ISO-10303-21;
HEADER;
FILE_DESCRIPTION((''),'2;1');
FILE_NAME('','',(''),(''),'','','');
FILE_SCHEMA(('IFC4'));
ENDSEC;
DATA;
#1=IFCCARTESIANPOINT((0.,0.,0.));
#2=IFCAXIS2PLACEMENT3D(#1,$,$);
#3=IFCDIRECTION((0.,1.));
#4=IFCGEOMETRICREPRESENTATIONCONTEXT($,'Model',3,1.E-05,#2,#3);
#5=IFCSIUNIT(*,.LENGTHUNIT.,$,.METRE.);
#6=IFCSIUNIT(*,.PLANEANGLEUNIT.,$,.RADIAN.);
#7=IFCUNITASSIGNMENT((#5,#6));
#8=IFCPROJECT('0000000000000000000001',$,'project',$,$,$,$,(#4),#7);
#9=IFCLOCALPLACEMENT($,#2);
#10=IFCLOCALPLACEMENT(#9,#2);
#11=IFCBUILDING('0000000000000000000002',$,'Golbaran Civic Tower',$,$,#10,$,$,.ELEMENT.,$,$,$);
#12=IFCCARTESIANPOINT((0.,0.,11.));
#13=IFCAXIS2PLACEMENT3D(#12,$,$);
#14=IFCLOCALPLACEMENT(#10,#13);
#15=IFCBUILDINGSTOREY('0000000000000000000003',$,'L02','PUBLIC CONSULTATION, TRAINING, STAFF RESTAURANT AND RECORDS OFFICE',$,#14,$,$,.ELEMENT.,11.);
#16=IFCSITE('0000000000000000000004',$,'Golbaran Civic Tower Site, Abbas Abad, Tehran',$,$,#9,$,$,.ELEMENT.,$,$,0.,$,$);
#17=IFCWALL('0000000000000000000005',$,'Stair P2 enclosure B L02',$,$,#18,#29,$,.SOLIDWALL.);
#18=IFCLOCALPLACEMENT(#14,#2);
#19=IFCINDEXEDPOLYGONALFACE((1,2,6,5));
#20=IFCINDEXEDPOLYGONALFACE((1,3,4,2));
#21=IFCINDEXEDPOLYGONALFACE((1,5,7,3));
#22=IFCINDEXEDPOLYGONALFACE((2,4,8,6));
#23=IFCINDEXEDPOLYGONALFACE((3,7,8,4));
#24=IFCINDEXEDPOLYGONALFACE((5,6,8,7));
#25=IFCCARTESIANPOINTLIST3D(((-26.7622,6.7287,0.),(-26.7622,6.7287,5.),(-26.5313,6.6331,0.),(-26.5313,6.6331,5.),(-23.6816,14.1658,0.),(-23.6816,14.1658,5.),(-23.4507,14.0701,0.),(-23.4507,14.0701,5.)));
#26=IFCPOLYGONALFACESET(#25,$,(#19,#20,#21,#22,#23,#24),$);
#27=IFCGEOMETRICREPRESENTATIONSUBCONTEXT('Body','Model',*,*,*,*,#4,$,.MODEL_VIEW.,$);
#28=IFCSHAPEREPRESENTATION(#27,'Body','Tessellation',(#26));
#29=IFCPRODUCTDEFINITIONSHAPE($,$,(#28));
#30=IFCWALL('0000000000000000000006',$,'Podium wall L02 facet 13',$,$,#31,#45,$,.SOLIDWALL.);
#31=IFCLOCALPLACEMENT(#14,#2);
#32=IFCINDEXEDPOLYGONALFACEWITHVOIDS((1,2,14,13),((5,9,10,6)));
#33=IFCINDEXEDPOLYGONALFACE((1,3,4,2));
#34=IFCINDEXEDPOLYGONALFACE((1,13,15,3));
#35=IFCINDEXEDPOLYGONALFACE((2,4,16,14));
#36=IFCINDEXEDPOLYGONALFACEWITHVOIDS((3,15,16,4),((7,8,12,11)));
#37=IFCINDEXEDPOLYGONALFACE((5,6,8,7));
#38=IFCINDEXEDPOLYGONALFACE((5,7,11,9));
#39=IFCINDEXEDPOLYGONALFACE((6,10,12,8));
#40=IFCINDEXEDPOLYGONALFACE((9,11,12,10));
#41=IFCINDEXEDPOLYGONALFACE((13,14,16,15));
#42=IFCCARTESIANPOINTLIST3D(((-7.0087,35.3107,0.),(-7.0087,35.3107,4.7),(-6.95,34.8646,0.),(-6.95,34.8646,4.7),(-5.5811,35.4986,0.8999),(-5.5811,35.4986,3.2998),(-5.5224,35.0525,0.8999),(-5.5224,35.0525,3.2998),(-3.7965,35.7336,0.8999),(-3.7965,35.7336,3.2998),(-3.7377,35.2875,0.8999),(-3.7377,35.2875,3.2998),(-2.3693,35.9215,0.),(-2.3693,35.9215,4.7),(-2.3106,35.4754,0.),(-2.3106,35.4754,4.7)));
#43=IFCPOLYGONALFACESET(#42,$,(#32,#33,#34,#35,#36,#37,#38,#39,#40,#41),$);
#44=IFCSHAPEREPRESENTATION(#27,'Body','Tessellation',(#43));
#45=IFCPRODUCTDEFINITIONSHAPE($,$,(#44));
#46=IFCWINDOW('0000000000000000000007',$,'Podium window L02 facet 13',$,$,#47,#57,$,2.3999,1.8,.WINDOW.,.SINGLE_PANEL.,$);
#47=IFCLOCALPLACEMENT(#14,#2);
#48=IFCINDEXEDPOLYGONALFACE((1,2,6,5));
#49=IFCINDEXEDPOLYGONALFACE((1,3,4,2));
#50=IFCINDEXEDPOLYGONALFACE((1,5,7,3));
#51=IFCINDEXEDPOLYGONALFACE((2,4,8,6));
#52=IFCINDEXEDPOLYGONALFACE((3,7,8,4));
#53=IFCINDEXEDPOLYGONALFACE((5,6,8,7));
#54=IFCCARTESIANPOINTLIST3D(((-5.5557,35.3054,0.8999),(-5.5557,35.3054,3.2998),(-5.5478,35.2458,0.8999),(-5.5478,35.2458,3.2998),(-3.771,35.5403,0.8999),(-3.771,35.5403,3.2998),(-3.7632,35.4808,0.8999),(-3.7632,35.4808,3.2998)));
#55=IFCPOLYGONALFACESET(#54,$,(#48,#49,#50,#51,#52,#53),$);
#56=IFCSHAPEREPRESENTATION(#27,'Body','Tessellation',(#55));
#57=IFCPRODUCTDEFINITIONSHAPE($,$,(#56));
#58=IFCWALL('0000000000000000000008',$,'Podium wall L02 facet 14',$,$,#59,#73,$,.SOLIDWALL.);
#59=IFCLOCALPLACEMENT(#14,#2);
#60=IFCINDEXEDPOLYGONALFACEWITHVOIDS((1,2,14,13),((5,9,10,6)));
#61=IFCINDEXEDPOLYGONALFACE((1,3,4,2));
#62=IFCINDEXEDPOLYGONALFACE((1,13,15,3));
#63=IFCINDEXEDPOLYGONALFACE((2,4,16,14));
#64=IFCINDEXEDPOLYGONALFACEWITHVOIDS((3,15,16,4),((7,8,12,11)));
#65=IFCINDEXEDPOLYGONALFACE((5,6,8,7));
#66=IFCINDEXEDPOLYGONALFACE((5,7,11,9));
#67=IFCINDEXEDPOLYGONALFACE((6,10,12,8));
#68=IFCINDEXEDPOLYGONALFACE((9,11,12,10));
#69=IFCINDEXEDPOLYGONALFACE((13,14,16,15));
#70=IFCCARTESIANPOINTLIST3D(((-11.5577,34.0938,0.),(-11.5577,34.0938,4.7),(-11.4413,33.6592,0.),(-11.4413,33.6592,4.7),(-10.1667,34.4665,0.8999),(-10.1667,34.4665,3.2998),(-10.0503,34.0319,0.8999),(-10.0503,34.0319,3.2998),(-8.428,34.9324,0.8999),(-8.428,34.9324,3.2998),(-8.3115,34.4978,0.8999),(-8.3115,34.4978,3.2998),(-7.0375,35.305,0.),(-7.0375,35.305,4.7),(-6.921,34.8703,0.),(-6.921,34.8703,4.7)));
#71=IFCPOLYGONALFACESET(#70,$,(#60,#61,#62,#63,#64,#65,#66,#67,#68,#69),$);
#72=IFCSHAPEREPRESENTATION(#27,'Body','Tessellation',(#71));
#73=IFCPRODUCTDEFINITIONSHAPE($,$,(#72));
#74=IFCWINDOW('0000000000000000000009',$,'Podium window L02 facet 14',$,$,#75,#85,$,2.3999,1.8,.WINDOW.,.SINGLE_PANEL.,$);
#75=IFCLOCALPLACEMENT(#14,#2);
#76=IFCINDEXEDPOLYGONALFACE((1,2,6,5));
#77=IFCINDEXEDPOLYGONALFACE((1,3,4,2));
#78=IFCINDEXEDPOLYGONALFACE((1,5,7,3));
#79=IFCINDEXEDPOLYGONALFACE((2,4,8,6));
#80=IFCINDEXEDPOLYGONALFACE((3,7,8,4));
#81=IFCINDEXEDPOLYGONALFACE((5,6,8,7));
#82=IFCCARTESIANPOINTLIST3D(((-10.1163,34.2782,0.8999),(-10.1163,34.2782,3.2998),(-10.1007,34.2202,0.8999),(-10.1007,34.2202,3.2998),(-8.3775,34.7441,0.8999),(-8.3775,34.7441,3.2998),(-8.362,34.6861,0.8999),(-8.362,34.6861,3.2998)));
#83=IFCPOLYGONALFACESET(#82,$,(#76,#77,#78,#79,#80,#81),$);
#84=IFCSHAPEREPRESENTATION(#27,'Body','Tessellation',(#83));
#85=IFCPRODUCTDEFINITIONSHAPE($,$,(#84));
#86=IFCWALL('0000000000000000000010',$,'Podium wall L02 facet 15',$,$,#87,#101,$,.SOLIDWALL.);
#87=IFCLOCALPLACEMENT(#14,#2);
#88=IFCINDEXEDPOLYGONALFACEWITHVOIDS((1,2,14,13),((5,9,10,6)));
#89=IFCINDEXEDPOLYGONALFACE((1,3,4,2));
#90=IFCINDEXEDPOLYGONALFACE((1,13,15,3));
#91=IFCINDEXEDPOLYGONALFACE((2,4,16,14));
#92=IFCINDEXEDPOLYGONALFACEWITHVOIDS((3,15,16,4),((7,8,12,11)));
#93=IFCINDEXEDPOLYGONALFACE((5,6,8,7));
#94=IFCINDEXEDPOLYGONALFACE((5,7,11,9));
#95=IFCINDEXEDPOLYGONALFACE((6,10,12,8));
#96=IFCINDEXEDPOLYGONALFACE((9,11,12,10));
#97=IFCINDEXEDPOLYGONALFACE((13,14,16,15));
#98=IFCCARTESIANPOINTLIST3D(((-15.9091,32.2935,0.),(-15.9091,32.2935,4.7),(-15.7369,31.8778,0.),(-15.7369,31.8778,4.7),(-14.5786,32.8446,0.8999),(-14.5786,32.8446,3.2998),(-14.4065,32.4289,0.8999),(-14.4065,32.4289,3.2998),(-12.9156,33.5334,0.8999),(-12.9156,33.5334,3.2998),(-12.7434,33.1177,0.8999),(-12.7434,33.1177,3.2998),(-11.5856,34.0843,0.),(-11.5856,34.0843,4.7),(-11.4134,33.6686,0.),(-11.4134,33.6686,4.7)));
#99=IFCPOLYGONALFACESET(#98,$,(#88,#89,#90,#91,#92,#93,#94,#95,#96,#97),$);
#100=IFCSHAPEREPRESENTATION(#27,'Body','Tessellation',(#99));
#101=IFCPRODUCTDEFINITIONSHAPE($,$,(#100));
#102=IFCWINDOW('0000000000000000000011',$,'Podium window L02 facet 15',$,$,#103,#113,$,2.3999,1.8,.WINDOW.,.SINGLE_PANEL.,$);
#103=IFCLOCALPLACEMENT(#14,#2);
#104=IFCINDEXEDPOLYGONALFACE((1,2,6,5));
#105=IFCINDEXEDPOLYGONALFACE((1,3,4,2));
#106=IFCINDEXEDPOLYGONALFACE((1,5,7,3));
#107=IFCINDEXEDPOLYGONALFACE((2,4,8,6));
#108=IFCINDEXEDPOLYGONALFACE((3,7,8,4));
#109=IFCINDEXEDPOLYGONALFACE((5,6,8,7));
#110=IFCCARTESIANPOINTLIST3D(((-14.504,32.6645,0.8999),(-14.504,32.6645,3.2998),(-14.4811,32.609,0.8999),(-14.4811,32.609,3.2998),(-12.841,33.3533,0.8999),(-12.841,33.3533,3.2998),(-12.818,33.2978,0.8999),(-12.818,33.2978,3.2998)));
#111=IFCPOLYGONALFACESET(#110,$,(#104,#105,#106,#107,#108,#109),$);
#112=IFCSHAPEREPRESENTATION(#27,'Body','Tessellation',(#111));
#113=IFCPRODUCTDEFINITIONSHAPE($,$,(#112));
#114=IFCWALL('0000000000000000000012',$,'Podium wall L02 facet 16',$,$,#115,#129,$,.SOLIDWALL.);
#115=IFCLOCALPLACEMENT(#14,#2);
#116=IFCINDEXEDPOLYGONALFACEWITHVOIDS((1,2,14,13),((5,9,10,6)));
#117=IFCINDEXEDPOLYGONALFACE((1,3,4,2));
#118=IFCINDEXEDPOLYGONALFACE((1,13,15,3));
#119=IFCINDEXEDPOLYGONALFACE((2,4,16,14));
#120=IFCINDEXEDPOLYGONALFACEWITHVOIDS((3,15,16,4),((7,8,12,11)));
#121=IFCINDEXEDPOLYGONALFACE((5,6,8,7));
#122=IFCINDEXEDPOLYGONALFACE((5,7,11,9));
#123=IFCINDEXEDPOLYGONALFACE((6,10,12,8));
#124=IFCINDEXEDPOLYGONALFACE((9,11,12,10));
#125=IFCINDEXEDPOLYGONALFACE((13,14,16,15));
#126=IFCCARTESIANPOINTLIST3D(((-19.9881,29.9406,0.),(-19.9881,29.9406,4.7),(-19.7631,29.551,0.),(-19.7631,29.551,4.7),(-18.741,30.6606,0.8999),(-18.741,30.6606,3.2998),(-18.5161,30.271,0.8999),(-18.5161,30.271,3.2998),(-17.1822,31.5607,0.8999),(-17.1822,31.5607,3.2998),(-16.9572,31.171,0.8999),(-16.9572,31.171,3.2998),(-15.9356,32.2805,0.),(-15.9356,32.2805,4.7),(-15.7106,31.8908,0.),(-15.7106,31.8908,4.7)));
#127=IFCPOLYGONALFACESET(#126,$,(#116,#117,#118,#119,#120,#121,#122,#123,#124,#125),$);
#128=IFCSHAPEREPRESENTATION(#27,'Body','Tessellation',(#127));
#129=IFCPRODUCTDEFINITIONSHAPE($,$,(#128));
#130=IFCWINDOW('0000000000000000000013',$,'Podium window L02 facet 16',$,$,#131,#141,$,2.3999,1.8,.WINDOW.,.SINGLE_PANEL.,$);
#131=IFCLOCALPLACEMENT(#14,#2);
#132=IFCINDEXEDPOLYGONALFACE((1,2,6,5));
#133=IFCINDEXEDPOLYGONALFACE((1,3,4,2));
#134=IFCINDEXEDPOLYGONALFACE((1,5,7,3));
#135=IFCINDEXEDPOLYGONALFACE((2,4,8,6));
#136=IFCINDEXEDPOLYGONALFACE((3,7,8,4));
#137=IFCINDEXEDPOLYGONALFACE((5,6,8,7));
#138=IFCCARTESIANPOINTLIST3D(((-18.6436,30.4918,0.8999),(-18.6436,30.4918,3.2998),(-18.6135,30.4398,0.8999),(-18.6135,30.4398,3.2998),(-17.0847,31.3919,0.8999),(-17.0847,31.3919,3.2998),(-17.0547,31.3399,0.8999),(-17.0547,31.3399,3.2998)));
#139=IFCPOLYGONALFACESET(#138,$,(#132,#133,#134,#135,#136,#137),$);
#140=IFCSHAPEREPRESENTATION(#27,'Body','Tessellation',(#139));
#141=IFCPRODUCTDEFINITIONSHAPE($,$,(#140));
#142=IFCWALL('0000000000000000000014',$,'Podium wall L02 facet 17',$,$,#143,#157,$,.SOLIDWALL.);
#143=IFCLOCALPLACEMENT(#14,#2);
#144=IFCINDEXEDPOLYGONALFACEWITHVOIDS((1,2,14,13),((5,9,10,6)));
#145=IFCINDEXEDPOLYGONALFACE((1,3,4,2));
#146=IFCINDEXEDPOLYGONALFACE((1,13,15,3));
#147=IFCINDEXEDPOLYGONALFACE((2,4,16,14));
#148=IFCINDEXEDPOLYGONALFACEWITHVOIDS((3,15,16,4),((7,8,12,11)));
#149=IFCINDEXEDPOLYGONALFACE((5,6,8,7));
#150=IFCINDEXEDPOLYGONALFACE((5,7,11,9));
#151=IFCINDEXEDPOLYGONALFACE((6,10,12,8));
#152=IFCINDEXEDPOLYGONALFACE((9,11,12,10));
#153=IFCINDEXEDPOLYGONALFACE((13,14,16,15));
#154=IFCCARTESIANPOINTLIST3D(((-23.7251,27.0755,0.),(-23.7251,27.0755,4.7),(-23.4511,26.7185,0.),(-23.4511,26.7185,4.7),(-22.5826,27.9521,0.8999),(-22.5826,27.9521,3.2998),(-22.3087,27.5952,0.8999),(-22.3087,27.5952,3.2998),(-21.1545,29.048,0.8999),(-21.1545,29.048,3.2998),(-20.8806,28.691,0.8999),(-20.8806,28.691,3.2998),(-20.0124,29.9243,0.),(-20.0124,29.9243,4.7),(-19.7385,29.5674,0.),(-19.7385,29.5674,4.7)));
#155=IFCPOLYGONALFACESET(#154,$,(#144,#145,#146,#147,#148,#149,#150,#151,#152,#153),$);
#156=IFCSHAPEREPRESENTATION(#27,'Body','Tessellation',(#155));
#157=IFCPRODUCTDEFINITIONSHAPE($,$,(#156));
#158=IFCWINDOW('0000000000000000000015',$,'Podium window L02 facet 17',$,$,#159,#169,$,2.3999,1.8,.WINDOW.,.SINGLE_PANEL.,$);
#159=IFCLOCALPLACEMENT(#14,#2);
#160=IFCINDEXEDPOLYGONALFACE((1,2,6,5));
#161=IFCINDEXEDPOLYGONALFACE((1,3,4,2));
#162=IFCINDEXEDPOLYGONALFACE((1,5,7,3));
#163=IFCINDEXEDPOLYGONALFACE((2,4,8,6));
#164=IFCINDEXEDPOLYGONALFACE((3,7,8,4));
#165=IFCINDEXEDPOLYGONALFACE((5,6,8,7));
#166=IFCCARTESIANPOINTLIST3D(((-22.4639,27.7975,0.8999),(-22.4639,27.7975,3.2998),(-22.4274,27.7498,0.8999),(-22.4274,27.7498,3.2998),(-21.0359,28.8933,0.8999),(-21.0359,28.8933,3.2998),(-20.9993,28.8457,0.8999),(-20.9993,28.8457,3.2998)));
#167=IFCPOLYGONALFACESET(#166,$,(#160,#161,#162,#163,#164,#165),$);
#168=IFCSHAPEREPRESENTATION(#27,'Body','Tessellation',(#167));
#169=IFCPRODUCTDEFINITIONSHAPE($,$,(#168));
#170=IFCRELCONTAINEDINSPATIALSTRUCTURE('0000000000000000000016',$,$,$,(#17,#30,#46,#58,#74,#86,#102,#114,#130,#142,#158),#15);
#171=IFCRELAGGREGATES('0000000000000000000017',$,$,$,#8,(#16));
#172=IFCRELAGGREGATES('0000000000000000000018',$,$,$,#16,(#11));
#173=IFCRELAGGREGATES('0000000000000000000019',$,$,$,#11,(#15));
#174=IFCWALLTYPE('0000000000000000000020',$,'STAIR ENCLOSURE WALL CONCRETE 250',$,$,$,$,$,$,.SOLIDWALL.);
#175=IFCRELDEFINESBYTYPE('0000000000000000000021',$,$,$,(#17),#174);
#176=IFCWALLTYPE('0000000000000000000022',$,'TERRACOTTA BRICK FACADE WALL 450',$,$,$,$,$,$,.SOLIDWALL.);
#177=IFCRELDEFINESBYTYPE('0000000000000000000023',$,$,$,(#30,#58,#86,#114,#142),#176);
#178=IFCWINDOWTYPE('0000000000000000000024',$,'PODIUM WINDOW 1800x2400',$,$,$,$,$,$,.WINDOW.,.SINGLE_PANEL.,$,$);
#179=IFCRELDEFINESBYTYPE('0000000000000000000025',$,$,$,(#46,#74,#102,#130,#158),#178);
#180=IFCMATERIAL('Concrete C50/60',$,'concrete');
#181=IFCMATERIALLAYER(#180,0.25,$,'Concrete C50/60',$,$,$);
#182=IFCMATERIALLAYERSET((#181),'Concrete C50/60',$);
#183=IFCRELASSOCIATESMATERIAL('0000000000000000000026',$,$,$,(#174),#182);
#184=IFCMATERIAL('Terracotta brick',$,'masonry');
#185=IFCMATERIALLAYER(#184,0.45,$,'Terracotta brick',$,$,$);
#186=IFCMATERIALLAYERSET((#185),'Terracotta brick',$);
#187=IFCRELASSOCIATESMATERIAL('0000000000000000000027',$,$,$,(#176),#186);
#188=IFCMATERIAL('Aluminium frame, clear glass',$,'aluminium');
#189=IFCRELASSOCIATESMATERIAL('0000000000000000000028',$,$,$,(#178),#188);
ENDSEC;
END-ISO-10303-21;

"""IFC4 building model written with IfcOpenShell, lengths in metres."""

from ifc_helpers import new_model, si_unit, direction, frame, frame_2d, origin, place, context, subcontext, project, spatial, rectangle, extrude, material, layer, layer_set, type_object, element, fill, save


model = new_model("IFC4")

# Units and contexts
model_context = context("Model", 3, precision=1e-05, world=origin(), true_north=direction((0.0, 1.0)))
body_context = subcontext(model_context, "Body", "Model", "MODEL_VIEW")
ifc_project = project(units=[si_unit("LENGTHUNIT", "METRE"), si_unit("PLANEANGLEUNIT", "RADIAN")], contexts=[model_context])

# Site, building, storey
site_placement = place(None, origin())
site = spatial("IfcSite", under=ifc_project, at=site_placement, Name="Golbaran Civic Tower Site, Abbas Abad, Tehran", CompositionType="ELEMENT", RefElevation=0.0)
building_placement = place(site_placement, origin())
building = spatial("IfcBuilding", under=site, at=building_placement, Name="Golbaran Civic Tower", CompositionType="ELEMENT")
storey_placement = place(building_placement, frame((0.0, 0.0, 11.0)))
storey = spatial("IfcBuildingStorey", under=building, at=storey_placement, Name="L02", Description="PUBLIC CONSULTATION, TRAINING, STAFF RESTAURANT AND RECORDS OFFICE", CompositionType="ELEMENT", Elevation=11.0)

# Shared definitions
ifc_material_1 = material(Name="Concrete C50/60", Category="concrete")

# Wall
ifc_layer_1 = layer(ifc_material_1, 0.25, Name="Concrete C50/60")
ifc_layer_set_1 = layer_set([ifc_layer_1], Name="Concrete C50/60")
wall_type_1 = type_object("IfcWallType", Name="STAIR ENCLOSURE WALL CONCRETE 250", PredefinedType="SOLIDWALL", material=ifc_layer_set_1)
wall_1_placement = place(storey_placement, frame((-23.5662, 14.1179, 0.0), z_axis=(0.0, 0.0, 1.0), x_axis=(-0.382689, -0.923877, 0.0)))
element("IfcWall", 1, at=wall_1_placement, inside=storey, type_object=wall_type_1, Name="Stair P2 enclosure B L02", PredefinedType="SOLIDWALL", context=body_context, shape_type="SweptSolid", body=[
    extrude(rectangle(XDim=8.0498, YDim=0.25, at=frame_2d((4.0249, 0.0))), origin(), (0.0, 0.0, 1.0), 5.0),
])

# Walls, openings, windows
ifc_material_2 = material(Name="Terracotta brick", Category="masonry")
ifc_layer_2 = layer(ifc_material_2, 0.45, Name="Terracotta brick")
ifc_layer_set_2 = layer_set([ifc_layer_2], Name="Terracotta brick")
wall_type_2 = type_object("IfcWallType", Name="TERRACOTTA BRICK FACADE WALL 450", PredefinedType="SOLIDWALL", material=ifc_layer_set_2)
wall_2_placement = place(storey_placement, frame((-2.3398, 35.6985, 0.0), z_axis=(0.0, 0.0, 1.0), x_axis=(-0.991443, -0.130537, 0.0)))
wall_2 = element("IfcWall", 2, at=wall_2_placement, inside=storey, type_object=wall_type_2, Name="Podium wall L02 facet 13", PredefinedType="SOLIDWALL", context=body_context, shape_type="SweptSolid", body=[
    extrude(rectangle(XDim=4.6794, YDim=0.45, at=frame_2d((2.3398, 0.0))), origin(), (0.0, 0.0, 1.0), 4.7),
])
opening_1_placement = place(wall_2_placement, frame((1.4397, 0.0, 0.8999)))
opening_1 = element("IfcOpeningElement", 3, at=opening_1_placement, cuts=wall_2, PredefinedType="OPENING", context=body_context, shape_type="SweptSolid", body=[
    extrude(rectangle(XDim=1.8, YDim=2.3999, at=frame_2d((0.8999, 1.2))), frame((0.0, 0.2349, 0.0), z_axis=(0.0, -1.0, 0.0), x_axis=(1.0, 0.0, 0.0)), (0.0, 0.0, 1.0), 0.47),
])
ifc_material_3 = material(Name="Aluminium frame, clear glass", Category="aluminium")
window_type = type_object("IfcWindowType", Name="PODIUM WINDOW 1800x2400", PartitioningType="SINGLE_PANEL", PredefinedType="WINDOW", material=ifc_material_3)
window_1_placement = place(opening_1_placement, origin())
window_1 = element("IfcWindow", 4, at=window_1_placement, inside=storey, type_object=window_type, Name="Podium window L02 facet 13", OverallHeight=2.3999, OverallWidth=1.8, PartitioningType="SINGLE_PANEL", PredefinedType="WINDOW", context=body_context, shape_type="SweptSolid", body=[
    extrude(rectangle(XDim=1.8, YDim=2.3999, at=frame_2d((0.8999, 1.2))), frame((0.0, 0.03, 0.0), z_axis=(0.0, -1.0, 0.0), x_axis=(1.0, 0.0, 0.0)), (0.0, 0.0, 1.0), 0.0601),
])
fill(opening_1, window_1)
wall_3_placement = place(storey_placement, frame((-6.9792, 35.0876, 0.0), z_axis=(0.0, 0.0, 1.0), x_axis=(-0.965927, -0.258815, 0.0)))
wall_3 = element("IfcWall", 5, at=wall_3_placement, inside=storey, type_object=wall_type_2, Name="Podium wall L02 facet 14", PredefinedType="SOLIDWALL", context=body_context, shape_type="SweptSolid", body=[
    extrude(rectangle(XDim=4.6797, YDim=0.45, at=frame_2d((2.3398, 0.0))), origin(), (0.0, 0.0, 1.0), 4.7),
])
opening_2_placement = place(wall_3_placement, frame((1.4397, 0.0, 0.8999)))
opening_2 = element("IfcOpeningElement", 6, at=opening_2_placement, cuts=wall_3, PredefinedType="OPENING", context=body_context, shape_type="SweptSolid", body=[
    extrude(rectangle(XDim=1.8, YDim=2.3999, at=frame_2d((0.8999, 1.2))), frame((0.0, 0.2349, 0.0), z_axis=(0.0, -1.0, 0.0), x_axis=(1.0, 0.0, 0.0)), (0.0, 0.0, 1.0), 0.47),
])
window_2_placement = place(opening_2_placement, origin())
window_2 = element("IfcWindow", 7, at=window_2_placement, inside=storey, type_object=window_type, Name="Podium window L02 facet 14", OverallHeight=2.3999, OverallWidth=1.8, PartitioningType="SINGLE_PANEL", PredefinedType="WINDOW", context=body_context, shape_type="SweptSolid", body=[
    extrude(rectangle(XDim=1.8, YDim=2.3999, at=frame_2d((0.8999, 1.2))), frame((0.0, 0.03, 0.0), z_axis=(0.0, -1.0, 0.0), x_axis=(1.0, 0.0, 0.0)), (0.0, 0.0, 1.0), 0.0601),
])
fill(opening_2, window_2)
wall_4_placement = place(storey_placement, frame((-11.4995, 33.8765, 0.0), z_axis=(0.0, 0.0, 1.0), x_axis=(-0.923885, -0.38267, 0.0)))
wall_4 = element("IfcWall", 8, at=wall_4_placement, inside=storey, type_object=wall_type_2, Name="Podium wall L02 facet 15", PredefinedType="SOLIDWALL", context=body_context, shape_type="SweptSolid", body=[
    extrude(rectangle(XDim=4.6797, YDim=0.45, at=frame_2d((2.3398, 0.0))), origin(), (0.0, 0.0, 1.0), 4.7),
])
opening_3_placement = place(wall_4_placement, frame((1.4397, 0.0, 0.8999)))
opening_3 = element("IfcOpeningElement", 9, at=opening_3_placement, cuts=wall_4, PredefinedType="OPENING", context=body_context, shape_type="SweptSolid", body=[
    extrude(rectangle(XDim=1.8, YDim=2.3999, at=frame_2d((0.8999, 1.2))), frame((0.0, 0.2349, 0.0), z_axis=(0.0, -1.0, 0.0), x_axis=(1.0, 0.0, 0.0)), (0.0, 0.0, 1.0), 0.47),
])
window_3_placement = place(opening_3_placement, origin())
window_3 = element("IfcWindow", 10, at=window_3_placement, inside=storey, type_object=window_type, Name="Podium window L02 facet 15", OverallHeight=2.3999, OverallWidth=1.8, PartitioningType="SINGLE_PANEL", PredefinedType="WINDOW", context=body_context, shape_type="SweptSolid", body=[
    extrude(rectangle(XDim=1.8, YDim=2.3999, at=frame_2d((0.8999, 1.2))), frame((0.0, 0.03, 0.0), z_axis=(0.0, -1.0, 0.0), x_axis=(1.0, 0.0, 0.0)), (0.0, 0.0, 1.0), 0.0601),
])
fill(opening_3, window_3)
wall_5_placement = place(storey_placement, frame((-15.823, 32.0857, 0.0), z_axis=(0.0, 0.0, 1.0), x_axis=(-0.866013, -0.500022, 0.0)))
wall_5 = element("IfcWall", 11, at=wall_5_placement, inside=storey, type_object=wall_type_2, Name="Podium wall L02 facet 16", PredefinedType="SOLIDWALL", context=body_context, shape_type="SweptSolid", body=[
    extrude(rectangle(XDim=4.6794, YDim=0.45, at=frame_2d((2.3398, 0.0))), origin(), (0.0, 0.0, 1.0), 4.7),
])
opening_4_placement = place(wall_5_placement, frame((1.4397, 0.0, 0.8999)))
opening_4 = element("IfcOpeningElement", 12, at=opening_4_placement, cuts=wall_5, PredefinedType="OPENING", context=body_context, shape_type="SweptSolid", body=[
    extrude(rectangle(XDim=1.8, YDim=2.3999, at=frame_2d((0.8999, 1.2))), frame((0.0, 0.2349, 0.0), z_axis=(0.0, -1.0, 0.0), x_axis=(1.0, 0.0, 0.0)), (0.0, 0.0, 1.0), 0.47),
])
window_4_placement = place(opening_4_placement, origin())
window_4 = element("IfcWindow", 13, at=window_4_placement, inside=storey, type_object=window_type, Name="Podium window L02 facet 16", OverallHeight=2.3999, OverallWidth=1.8, PartitioningType="SINGLE_PANEL", PredefinedType="WINDOW", context=body_context, shape_type="SweptSolid", body=[
    extrude(rectangle(XDim=1.8, YDim=2.3999, at=frame_2d((0.8999, 1.2))), frame((0.0, 0.03, 0.0), z_axis=(0.0, -1.0, 0.0), x_axis=(1.0, 0.0, 0.0)), (0.0, 0.0, 1.0), 0.0601),
])
fill(opening_4, window_4)
wall_6_placement = place(storey_placement, frame((-19.8755, 29.7458, 0.0), z_axis=(0.0, 0.0, 1.0), x_axis=(-0.793347, -0.60877, 0.0)))
wall_6 = element("IfcWall", 14, at=wall_6_placement, inside=storey, type_object=wall_type_2, Name="Podium wall L02 facet 17", PredefinedType="SOLIDWALL", context=body_context, shape_type="SweptSolid", body=[
    extrude(rectangle(XDim=4.6797, YDim=0.45, at=frame_2d((2.3398, 0.0))), origin(), (0.0, 0.0, 1.0), 4.7),
])
opening_5_placement = place(wall_6_placement, frame((1.4397, 0.0, 0.8999)))
opening_5 = element("IfcOpeningElement", 15, at=opening_5_placement, cuts=wall_6, PredefinedType="OPENING", context=body_context, shape_type="SweptSolid", body=[
    extrude(rectangle(XDim=1.8, YDim=2.3999, at=frame_2d((0.8999, 1.2))), frame((0.0, 0.2349, 0.0), z_axis=(0.0, -1.0, 0.0), x_axis=(1.0, 0.0, 0.0)), (0.0, 0.0, 1.0), 0.47),
])
window_5_placement = place(opening_5_placement, origin())
window_5 = element("IfcWindow", 16, at=window_5_placement, inside=storey, type_object=window_type, Name="Podium window L02 facet 17", OverallHeight=2.3999, OverallWidth=1.8, PartitioningType="SINGLE_PANEL", PredefinedType="WINDOW", context=body_context, shape_type="SweptSolid", body=[
    extrude(rectangle(XDim=1.8, YDim=2.3999, at=frame_2d((0.8999, 1.2))), frame((0.0, 0.03, 0.0), z_axis=(0.0, -1.0, 0.0), x_axis=(1.0, 0.0, 0.0)), (0.0, 0.0, 1.0), 0.0601),
])
fill(opening_5, window_5)

save(model, "model.ifc")
